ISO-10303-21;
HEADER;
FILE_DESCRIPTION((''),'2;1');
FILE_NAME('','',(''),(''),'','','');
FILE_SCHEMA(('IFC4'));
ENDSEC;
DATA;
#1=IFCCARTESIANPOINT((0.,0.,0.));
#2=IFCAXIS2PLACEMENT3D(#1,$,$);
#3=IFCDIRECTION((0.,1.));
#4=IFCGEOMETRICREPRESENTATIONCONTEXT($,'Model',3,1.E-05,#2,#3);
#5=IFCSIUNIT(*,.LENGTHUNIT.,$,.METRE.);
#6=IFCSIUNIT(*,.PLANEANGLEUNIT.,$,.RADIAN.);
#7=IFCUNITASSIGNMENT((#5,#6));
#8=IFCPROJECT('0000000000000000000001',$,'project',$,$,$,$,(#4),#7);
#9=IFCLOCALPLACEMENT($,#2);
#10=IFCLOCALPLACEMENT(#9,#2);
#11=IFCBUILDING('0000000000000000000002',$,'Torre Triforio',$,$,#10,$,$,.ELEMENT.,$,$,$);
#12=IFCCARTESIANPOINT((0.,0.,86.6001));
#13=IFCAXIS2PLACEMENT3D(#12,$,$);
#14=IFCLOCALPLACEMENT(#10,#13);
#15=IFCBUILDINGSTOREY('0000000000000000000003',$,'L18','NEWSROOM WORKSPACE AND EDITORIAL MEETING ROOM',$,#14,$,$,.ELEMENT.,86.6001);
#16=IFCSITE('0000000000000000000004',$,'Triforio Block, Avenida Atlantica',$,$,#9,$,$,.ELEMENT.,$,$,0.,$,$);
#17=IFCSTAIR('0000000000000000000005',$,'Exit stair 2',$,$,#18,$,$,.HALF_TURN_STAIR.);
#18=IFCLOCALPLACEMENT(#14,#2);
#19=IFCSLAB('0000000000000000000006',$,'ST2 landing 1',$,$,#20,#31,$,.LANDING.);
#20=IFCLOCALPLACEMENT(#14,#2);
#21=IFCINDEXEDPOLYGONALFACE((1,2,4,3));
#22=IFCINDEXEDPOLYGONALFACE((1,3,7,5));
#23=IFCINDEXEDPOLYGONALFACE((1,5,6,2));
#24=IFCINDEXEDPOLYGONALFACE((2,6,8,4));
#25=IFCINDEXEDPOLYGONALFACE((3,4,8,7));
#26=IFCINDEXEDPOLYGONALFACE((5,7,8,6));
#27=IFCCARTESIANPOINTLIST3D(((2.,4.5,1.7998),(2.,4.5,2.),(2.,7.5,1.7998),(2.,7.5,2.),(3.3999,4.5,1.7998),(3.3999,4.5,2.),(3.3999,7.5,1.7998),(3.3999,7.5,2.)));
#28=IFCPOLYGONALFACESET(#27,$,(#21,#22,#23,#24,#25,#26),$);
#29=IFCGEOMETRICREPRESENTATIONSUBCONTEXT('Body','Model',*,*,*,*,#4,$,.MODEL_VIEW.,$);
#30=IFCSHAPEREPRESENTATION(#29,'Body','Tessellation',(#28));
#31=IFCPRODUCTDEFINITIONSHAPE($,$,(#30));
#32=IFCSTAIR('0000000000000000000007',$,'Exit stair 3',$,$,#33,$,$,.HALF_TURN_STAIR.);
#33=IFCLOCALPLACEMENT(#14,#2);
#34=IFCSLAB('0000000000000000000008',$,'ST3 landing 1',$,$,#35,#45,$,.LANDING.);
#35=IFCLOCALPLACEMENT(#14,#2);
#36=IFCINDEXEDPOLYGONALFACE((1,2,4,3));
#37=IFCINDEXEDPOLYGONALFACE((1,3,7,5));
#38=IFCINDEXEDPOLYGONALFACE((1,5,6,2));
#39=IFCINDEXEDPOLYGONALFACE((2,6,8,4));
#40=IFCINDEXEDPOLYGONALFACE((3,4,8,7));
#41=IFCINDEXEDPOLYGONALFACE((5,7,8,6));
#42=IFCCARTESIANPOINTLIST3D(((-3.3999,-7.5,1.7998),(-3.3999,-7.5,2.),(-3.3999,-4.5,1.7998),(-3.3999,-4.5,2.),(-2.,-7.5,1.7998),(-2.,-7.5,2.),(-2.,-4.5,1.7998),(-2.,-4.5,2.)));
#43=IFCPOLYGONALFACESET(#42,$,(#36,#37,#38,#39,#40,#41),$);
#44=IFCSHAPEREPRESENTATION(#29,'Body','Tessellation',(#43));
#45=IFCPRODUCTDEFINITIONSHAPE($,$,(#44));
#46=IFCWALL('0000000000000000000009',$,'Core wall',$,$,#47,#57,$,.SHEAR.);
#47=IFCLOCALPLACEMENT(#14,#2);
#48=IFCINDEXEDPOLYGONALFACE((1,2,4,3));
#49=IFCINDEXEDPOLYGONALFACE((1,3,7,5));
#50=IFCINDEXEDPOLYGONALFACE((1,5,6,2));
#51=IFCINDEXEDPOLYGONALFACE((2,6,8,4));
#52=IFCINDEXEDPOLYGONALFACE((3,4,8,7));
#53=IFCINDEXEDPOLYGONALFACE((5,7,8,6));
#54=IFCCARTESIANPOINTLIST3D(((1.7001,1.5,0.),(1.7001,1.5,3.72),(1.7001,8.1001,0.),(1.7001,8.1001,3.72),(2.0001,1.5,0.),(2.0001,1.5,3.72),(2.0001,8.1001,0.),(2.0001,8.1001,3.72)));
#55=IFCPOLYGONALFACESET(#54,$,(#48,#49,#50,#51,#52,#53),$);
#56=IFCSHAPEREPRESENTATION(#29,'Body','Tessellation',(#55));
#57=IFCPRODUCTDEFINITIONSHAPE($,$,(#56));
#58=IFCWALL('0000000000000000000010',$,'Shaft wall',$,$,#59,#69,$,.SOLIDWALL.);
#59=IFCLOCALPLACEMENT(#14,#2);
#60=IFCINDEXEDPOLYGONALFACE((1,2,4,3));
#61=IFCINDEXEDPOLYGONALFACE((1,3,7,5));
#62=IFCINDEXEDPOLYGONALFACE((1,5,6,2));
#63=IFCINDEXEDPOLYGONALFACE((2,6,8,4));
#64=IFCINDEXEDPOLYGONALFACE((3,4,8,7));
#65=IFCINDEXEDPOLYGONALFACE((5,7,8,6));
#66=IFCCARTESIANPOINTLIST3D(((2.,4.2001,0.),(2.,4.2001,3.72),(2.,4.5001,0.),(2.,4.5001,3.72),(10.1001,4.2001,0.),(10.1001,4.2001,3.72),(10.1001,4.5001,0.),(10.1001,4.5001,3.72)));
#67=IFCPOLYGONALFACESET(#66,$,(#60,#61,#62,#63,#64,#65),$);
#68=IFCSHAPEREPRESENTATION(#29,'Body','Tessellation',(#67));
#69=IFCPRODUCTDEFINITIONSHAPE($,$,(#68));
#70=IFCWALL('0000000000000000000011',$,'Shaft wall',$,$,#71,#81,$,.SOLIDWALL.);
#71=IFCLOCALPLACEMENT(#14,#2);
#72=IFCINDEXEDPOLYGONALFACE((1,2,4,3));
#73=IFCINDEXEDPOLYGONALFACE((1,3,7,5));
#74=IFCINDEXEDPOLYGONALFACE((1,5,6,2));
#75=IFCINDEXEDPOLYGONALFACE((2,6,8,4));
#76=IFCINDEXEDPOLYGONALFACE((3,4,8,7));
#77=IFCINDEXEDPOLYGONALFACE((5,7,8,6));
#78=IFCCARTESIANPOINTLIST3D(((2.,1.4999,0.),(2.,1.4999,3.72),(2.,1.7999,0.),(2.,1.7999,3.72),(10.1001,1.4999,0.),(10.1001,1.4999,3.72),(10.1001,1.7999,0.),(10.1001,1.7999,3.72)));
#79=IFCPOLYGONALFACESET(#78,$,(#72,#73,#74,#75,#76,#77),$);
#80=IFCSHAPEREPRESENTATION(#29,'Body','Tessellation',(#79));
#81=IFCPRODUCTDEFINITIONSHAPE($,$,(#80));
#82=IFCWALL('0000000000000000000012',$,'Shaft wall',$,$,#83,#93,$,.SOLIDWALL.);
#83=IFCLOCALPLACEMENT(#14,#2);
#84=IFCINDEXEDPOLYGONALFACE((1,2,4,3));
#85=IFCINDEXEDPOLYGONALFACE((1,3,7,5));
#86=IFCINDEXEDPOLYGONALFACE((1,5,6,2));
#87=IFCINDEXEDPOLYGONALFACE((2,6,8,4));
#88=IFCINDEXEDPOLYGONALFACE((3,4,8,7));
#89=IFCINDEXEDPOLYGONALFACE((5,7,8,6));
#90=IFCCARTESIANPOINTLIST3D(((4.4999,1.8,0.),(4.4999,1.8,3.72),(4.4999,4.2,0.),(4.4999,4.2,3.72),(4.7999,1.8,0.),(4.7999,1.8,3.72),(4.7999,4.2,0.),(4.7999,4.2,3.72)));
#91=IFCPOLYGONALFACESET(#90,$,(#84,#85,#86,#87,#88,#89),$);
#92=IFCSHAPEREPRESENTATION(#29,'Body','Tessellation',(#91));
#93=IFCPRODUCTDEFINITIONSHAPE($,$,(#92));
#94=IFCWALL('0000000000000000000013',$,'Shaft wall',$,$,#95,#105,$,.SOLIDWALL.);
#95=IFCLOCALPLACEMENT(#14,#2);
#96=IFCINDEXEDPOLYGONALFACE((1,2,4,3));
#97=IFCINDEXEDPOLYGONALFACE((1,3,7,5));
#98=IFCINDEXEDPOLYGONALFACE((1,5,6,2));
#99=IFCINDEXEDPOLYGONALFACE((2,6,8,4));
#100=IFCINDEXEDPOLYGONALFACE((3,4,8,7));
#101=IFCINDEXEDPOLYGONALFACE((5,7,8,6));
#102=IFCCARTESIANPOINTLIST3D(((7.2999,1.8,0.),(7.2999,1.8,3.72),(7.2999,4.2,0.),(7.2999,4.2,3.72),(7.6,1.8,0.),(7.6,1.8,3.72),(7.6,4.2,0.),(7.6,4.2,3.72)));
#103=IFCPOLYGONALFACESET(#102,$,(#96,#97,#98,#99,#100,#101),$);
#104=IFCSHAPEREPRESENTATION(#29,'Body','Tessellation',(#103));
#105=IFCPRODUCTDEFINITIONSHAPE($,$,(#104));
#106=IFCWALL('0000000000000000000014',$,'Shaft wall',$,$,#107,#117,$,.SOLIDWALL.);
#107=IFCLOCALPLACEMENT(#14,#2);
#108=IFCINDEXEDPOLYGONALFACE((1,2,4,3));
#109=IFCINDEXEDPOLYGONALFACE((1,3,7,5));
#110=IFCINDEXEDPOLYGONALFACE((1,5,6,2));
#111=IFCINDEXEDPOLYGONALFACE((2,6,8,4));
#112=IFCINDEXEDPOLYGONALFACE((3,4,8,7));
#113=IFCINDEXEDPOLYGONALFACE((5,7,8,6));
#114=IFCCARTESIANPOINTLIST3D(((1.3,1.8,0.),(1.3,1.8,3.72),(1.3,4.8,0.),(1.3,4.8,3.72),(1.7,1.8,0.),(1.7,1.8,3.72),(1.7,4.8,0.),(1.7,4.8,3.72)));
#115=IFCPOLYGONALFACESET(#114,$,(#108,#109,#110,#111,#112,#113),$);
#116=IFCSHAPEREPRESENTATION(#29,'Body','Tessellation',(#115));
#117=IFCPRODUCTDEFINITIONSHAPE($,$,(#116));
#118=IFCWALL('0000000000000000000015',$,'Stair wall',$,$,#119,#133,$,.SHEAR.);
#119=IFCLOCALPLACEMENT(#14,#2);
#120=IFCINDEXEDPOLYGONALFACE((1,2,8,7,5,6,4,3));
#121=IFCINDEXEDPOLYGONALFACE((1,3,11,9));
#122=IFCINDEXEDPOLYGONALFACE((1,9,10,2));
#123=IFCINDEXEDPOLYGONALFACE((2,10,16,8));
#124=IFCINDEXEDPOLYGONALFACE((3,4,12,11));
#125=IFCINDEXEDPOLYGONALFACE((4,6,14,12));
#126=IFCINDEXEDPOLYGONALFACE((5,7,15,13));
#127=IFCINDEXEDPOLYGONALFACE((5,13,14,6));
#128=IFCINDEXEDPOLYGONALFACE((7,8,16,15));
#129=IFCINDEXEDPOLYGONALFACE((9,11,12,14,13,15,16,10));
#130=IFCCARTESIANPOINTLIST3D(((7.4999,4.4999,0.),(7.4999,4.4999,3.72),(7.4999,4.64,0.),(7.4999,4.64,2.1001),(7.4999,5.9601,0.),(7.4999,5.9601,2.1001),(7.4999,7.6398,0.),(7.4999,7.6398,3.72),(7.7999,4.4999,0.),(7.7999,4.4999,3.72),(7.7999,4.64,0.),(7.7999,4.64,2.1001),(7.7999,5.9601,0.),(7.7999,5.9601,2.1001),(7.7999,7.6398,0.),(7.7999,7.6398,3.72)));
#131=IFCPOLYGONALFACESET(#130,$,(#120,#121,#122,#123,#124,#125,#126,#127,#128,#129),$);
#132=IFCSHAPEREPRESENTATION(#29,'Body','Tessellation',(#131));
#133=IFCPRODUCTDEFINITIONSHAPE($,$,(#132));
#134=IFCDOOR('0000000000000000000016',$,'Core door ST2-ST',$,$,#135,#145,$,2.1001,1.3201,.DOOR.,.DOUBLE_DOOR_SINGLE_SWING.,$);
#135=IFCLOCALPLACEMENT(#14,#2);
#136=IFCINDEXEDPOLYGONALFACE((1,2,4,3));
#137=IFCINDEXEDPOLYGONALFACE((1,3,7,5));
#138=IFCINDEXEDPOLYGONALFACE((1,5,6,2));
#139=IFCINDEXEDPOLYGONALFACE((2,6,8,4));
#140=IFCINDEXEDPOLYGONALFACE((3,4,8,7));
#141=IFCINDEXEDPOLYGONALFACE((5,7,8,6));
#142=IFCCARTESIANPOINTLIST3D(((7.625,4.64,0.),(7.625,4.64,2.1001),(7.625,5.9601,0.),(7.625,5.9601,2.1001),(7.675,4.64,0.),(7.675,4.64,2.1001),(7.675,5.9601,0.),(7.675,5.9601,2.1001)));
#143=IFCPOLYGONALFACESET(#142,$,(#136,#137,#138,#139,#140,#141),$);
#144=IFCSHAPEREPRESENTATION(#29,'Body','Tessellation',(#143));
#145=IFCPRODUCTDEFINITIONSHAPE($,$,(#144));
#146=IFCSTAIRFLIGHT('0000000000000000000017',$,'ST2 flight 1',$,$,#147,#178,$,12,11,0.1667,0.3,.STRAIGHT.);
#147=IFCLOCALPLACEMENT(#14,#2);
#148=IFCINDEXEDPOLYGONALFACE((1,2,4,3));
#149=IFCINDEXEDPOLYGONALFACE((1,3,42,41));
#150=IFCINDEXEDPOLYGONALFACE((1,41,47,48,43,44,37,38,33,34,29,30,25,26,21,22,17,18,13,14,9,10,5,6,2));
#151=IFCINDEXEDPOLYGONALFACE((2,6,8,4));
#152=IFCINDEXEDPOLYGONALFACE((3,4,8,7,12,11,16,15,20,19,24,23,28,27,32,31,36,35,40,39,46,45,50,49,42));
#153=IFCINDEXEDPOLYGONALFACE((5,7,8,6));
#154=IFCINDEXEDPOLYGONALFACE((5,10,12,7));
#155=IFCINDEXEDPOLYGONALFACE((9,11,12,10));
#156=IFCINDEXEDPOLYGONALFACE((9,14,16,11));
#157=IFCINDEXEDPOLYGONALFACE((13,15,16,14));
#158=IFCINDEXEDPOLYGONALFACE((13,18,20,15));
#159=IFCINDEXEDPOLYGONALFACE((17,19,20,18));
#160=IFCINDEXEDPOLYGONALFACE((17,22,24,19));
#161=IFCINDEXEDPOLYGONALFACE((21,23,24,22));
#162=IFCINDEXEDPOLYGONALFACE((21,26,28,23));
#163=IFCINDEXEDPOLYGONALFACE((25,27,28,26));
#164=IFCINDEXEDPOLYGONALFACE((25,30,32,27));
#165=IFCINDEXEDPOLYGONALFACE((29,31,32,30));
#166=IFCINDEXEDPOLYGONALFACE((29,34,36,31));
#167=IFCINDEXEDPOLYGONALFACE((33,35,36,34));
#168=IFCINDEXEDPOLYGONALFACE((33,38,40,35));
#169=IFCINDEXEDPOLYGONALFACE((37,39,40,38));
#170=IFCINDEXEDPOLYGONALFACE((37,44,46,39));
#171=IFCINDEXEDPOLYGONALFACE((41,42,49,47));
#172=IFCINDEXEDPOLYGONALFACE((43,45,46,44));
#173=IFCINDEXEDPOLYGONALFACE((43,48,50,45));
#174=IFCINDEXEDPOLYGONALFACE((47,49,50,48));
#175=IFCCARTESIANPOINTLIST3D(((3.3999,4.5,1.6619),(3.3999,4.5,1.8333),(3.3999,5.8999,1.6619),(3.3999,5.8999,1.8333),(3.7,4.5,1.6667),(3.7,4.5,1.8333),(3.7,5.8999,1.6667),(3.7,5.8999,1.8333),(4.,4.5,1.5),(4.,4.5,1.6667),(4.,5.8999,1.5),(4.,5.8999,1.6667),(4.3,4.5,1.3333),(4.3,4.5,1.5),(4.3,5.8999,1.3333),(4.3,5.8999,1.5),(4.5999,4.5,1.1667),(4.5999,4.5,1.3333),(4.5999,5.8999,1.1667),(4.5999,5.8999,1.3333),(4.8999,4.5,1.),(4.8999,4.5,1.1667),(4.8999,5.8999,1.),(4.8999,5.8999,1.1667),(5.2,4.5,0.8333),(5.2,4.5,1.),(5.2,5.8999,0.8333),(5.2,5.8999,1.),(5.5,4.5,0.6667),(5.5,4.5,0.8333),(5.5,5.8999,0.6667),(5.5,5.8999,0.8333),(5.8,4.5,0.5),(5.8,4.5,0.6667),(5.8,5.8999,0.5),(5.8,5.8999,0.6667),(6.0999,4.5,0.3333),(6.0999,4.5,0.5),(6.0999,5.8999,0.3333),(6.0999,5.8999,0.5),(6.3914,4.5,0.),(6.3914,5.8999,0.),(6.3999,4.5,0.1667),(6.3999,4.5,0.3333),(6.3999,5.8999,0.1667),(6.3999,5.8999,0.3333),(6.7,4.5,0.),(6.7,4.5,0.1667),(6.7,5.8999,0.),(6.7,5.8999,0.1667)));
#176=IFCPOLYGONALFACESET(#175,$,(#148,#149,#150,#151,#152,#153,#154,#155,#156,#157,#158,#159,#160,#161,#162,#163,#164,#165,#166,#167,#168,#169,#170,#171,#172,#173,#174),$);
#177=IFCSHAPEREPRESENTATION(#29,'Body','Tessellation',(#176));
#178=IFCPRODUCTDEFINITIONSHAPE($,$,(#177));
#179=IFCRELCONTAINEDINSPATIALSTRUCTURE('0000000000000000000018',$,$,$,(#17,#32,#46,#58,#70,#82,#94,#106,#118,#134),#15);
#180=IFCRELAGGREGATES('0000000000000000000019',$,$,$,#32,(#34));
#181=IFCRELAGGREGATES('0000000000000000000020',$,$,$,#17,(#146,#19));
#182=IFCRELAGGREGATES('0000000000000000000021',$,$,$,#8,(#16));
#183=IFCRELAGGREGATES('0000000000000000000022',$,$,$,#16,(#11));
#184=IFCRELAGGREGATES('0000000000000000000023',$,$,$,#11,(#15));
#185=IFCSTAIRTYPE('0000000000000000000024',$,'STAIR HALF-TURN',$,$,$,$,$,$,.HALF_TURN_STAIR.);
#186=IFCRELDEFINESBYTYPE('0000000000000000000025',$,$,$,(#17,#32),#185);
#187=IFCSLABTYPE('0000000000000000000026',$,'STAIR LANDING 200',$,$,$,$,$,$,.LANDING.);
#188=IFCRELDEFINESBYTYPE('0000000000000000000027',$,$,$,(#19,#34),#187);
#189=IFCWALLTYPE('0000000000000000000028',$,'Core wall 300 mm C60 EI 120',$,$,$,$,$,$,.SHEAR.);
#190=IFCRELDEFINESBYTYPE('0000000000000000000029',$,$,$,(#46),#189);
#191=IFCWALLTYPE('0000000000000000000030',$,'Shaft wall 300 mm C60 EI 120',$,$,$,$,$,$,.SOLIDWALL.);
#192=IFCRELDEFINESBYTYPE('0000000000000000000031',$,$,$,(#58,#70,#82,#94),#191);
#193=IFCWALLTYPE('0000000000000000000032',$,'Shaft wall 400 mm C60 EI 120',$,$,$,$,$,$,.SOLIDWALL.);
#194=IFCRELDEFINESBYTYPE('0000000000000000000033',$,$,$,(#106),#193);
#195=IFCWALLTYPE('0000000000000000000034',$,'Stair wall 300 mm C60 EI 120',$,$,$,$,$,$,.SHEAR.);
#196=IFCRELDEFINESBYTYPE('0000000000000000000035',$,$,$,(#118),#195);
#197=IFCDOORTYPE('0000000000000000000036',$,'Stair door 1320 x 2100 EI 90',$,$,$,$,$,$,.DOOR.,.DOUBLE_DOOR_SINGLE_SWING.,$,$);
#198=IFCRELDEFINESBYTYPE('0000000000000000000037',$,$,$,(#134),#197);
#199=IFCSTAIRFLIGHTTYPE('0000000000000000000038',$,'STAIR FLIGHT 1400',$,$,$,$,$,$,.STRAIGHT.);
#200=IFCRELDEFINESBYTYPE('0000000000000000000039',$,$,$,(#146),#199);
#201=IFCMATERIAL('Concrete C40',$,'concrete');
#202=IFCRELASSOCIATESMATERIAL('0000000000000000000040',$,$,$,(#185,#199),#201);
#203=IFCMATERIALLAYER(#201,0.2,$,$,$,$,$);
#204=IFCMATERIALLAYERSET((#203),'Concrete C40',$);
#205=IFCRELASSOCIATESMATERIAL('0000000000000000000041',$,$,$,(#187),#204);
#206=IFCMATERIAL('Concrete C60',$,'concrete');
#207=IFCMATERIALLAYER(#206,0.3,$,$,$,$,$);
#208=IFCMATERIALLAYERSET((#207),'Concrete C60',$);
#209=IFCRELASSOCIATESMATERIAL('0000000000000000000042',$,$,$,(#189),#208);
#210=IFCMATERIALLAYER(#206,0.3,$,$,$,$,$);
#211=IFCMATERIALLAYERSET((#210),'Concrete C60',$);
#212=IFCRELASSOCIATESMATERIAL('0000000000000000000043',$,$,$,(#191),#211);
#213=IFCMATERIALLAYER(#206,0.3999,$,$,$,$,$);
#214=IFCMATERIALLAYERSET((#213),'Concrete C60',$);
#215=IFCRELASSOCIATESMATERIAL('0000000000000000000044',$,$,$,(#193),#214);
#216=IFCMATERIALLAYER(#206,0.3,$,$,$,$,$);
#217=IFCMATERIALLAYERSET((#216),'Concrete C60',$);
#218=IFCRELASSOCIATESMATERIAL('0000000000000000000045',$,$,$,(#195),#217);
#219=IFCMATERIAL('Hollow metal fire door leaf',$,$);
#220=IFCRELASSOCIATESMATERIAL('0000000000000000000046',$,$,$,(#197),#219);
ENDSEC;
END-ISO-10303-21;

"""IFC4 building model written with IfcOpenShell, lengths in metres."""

from ifc_helpers import new_model, si_unit, direction, frame, frame_2d, origin, place, context, subcontext, project, spatial, polyline, rectangle, outline, extrude, material, layer, layer_set, type_object, element, fill, aggregate, save


model = new_model("IFC4")

# Units and contexts
model_context = context("Model", 3, precision=1e-05, world=origin(), true_north=direction((0.0, 1.0)))
body_context = subcontext(model_context, "Body", "Model", "MODEL_VIEW")
ifc_project = project(units=[si_unit("LENGTHUNIT", "METRE"), si_unit("PLANEANGLEUNIT", "RADIAN")], contexts=[model_context])

# Site, building, storey
site_placement = place(None, origin())
site = spatial("IfcSite", under=ifc_project, at=site_placement, Name="Triforio Block, Avenida Atlantica", CompositionType="ELEMENT", RefElevation=0.0)
building_placement = place(site_placement, origin())
building = spatial("IfcBuilding", under=site, at=building_placement, Name="Torre Triforio", CompositionType="ELEMENT")
storey_placement = place(building_placement, frame((0.0, 0.0, 86.6001)))
storey = spatial("IfcBuildingStorey", under=building, at=storey_placement, Name="L18", Description="NEWSROOM WORKSPACE AND EDITORIAL MEETING ROOM", CompositionType="ELEMENT", Elevation=86.6001)

# Stairs, slabs
ifc_material_1 = material(Name="Concrete C40", Category="concrete")
stair_type = type_object("IfcStairType", Name="STAIR HALF-TURN", PredefinedType="HALF_TURN_STAIR", material=ifc_material_1)
stair_1_placement = place(storey_placement, origin())
stair_1 = element("IfcStair", 1, at=stair_1_placement, inside=storey, type_object=stair_type, Name="Exit stair 2", PredefinedType="HALF_TURN_STAIR")
ifc_layer_1 = layer(ifc_material_1, 0.2)
ifc_layer_set_1 = layer_set([ifc_layer_1], Name="Concrete C40")
slab_type = type_object("IfcSlabType", Name="STAIR LANDING 200", PredefinedType="LANDING", material=ifc_layer_set_1)
slab_1_placement = place(storey_placement, frame((0.0, 0.0, 1.7998)))
slab_1 = element("IfcSlab", 2, at=slab_1_placement, type_object=slab_type, Name="ST2 landing 1", PredefinedType="LANDING", context=body_context, shape_type="SweptSolid", body=[
    extrude(outline(polyline([(3.3999, 4.5), (3.3999, 7.5), (2.0, 7.5), (2.0, 4.5), (3.3999, 4.5)])), origin(), (0.0, 0.0, 1.0), 0.2002),
])
stair_2_placement = place(storey_placement, origin())
stair_2 = element("IfcStair", 3, at=stair_2_placement, inside=storey, type_object=stair_type, Name="Exit stair 3", PredefinedType="HALF_TURN_STAIR")
slab_2_placement = place(storey_placement, frame((0.0, 0.0, 1.7998)))
slab_2 = element("IfcSlab", 4, at=slab_2_placement, type_object=slab_type, Name="ST3 landing 1", PredefinedType="LANDING", context=body_context, shape_type="SweptSolid", body=[
    extrude(outline(polyline([(-2.0, -7.5), (-2.0, -4.5), (-3.3999, -4.5), (-3.3999, -7.5), (-2.0, -7.5)])), origin(), (0.0, 0.0, 1.0), 0.2002),
])
aggregate(stair_2, [slab_2])

# Walls
ifc_material_2 = material(Name="Concrete C60", Category="concrete")
ifc_layer_2 = layer(ifc_material_2, 0.3)
ifc_layer_set_2 = layer_set([ifc_layer_2], Name="Concrete C60")
wall_type_1 = type_object("IfcWallType", Name="Core wall 300 mm C60 EI 120", PredefinedType="SHEAR", material=ifc_layer_set_2)
wall_1_placement = place(storey_placement, frame((1.8501, 1.5, 0.0), z_axis=(0.0, 0.0, 1.0), x_axis=(0.0, 1.0, 0.0)))
element("IfcWall", 5, at=wall_1_placement, inside=storey, type_object=wall_type_1, Name="Core wall", PredefinedType="SHEAR", context=body_context, shape_type="SweptSolid", body=[
    extrude(rectangle(XDim=6.6001, YDim=0.3, at=frame_2d((3.3, 0.0))), origin(), (0.0, 0.0, 1.0), 3.72),
])
ifc_layer_3 = layer(ifc_material_2, 0.3)
ifc_layer_set_3 = layer_set([ifc_layer_3], Name="Concrete C60")
wall_type_2 = type_object("IfcWallType", Name="Shaft wall 300 mm C60 EI 120", PredefinedType="SOLIDWALL", material=ifc_layer_set_3)
for number, where, z_axis, x_axis, name in (
    (6, (2.0, 4.3501, 0.0), (0.0, 0.0, 1.0), (1.0, 0.0, 0.0), "Shaft wall"),
    (7, (2.0, 1.6499, 0.0), (0.0, 0.0, 1.0), (1.0, 0.0, 0.0), "Shaft wall"),
):
    element("IfcWall", number, at=place(storey_placement, frame(where, z_axis=z_axis, x_axis=x_axis)), inside=storey, type_object=wall_type_2, Name=name, PredefinedType="SOLIDWALL", context=body_context, shape_type="SweptSolid", body=[
        extrude(rectangle(XDim=8.1001, YDim=0.3, at=frame_2d((4.05, 0.0))), origin(), (0.0, 0.0, 1.0), 3.72),
    ])
for number, where, z_axis, x_axis, name in (
    (8, (4.6499, 1.8, 0.0), (0.0, 0.0, 1.0), (0.0, 1.0, 0.0), "Shaft wall"),
    (9, (7.45, 1.8, 0.0), (0.0, 0.0, 1.0), (0.0, 1.0, 0.0), "Shaft wall"),
):
    element("IfcWall", number, at=place(storey_placement, frame(where, z_axis=z_axis, x_axis=x_axis)), inside=storey, type_object=wall_type_2, Name=name, PredefinedType="SOLIDWALL", context=body_context, shape_type="SweptSolid", body=[
        extrude(rectangle(XDim=2.3999, YDim=0.3, at=frame_2d((1.2, 0.0))), origin(), (0.0, 0.0, 1.0), 3.72),
    ])
ifc_layer_4 = layer(ifc_material_2, 0.3999)
ifc_layer_set_4 = layer_set([ifc_layer_4], Name="Concrete C60")
wall_type_3 = type_object("IfcWallType", Name="Shaft wall 400 mm C60 EI 120", PredefinedType="SOLIDWALL", material=ifc_layer_set_4)
wall_2_placement = place(storey_placement, frame((1.5, 1.8, 0.0), z_axis=(0.0, 0.0, 1.0), x_axis=(0.0, 1.0, 0.0)))
element("IfcWall", 10, at=wall_2_placement, inside=storey, type_object=wall_type_3, Name="Shaft wall", PredefinedType="SOLIDWALL", context=body_context, shape_type="SweptSolid", body=[
    extrude(rectangle(XDim=3.0, YDim=0.3999, at=frame_2d((1.5, 0.0))), origin(), (0.0, 0.0, 1.0), 3.72),
])

# Wall, opening, door
ifc_layer_5 = layer(ifc_material_2, 0.3)
ifc_layer_set_5 = layer_set([ifc_layer_5], Name="Concrete C60")
wall_type_4 = type_object("IfcWallType", Name="Stair wall 300 mm C60 EI 120", PredefinedType="SHEAR", material=ifc_layer_set_5)
wall_3_placement = place(storey_placement, frame((7.6499, 4.5, 0.0), z_axis=(0.0, 0.0, 1.0), x_axis=(0.0, 1.0, 0.0)))
wall_3 = element("IfcWall", 11, at=wall_3_placement, inside=storey, type_object=wall_type_4, Name="Stair wall", PredefinedType="SHEAR", context=body_context, shape_type="SweptSolid", body=[
    extrude(rectangle(XDim=3.1399, YDim=0.3, at=frame_2d((1.5698, 0.0))), origin(), (0.0, 0.0, 1.0), 3.72),
])
opening_placement = place(wall_3_placement, frame((0.1399, 0.0, 0.0)))
opening = element("IfcOpeningElement", 12, at=opening_placement, cuts=wall_3, PredefinedType="OPENING", context=body_context, shape_type="SweptSolid", body=[
    extrude(rectangle(XDim=1.3201, YDim=2.1001, at=frame_2d((0.6602, 1.05))), frame((0.0, 0.1599, 0.0), z_axis=(0.0, -1.0, 0.0), x_axis=(1.0, 0.0, 0.0)), (0.0, 0.0, 1.0), 0.3201),
])
ifc_material_3 = material(Name="Hollow metal fire door leaf")
door_type = type_object("IfcDoorType", Name="Stair door 1320 x 2100 EI 90", OperationType="DOUBLE_DOOR_SINGLE_SWING", PredefinedType="DOOR", material=ifc_material_3)
door_placement = place(opening_placement, origin())
door = element("IfcDoor", 13, at=door_placement, inside=storey, type_object=door_type, Name="Core door ST2-ST", OperationType="DOUBLE_DOOR_SINGLE_SWING", OverallHeight=2.1001, OverallWidth=1.3201, PredefinedType="DOOR", context=body_context, shape_type="SweptSolid", body=[
    extrude(rectangle(XDim=1.3201, YDim=2.1001, at=frame_2d((0.6602, 1.05))), frame((0.0, 0.0249, 0.0), z_axis=(0.0, -1.0, 0.0), x_axis=(1.0, 0.0, 0.0)), (0.0, 0.0, 1.0), 0.05),
])
fill(opening, door)

# Stair flight
stair_flight_type = type_object("IfcStairFlightType", Name="STAIR FLIGHT 1400", PredefinedType="STRAIGHT", material=ifc_material_1)
stair_flight_1_placement = place(storey_placement, frame((6.7, 5.2, 0.0), z_axis=(0.0, 0.0, 1.0), x_axis=(-1.0, 0.0, 0.0)))
stair_flight_1 = element("IfcStairFlight", 14, at=stair_flight_1_placement, type_object=stair_flight_type, Name="ST2 flight 1", NumberOfRisers=12, NumberOfTreads=11, PredefinedType="STRAIGHT", RiserHeight=0.1667, TreadLength=0.3, context=body_context, shape_type="SweptSolid", body=[
    extrude(outline(polyline([(0.0, 0.0), (0.0, 0.1667), (0.3, 0.1667), (0.3, 0.3333), (0.6001, 0.3333), (0.6001, 0.5), (0.8999, 0.5), (0.8999, 0.6667), (1.2, 0.6667), (1.2, 0.8333), (1.5, 0.8333), (1.5, 1.0), (1.8, 1.0), (1.8, 1.1667), (2.1001, 1.1667), (2.1001, 1.3333), (2.3999, 1.3333), (2.3999, 1.5), (2.7, 1.5), (2.7, 1.6667), (3.0, 1.6667), (3.0, 1.8333), (3.3, 1.8333), (3.3, 2.0), (3.3, 1.6619), (0.3086, 0.0), (0.0, 0.0)])), frame((0.0, 0.7, 0.0), z_axis=(0.0, -1.0, 0.0), x_axis=(1.0, 0.0, 0.0)), (0.0, 0.0, 1.0), 1.3999),
])
aggregate(stair_1, [stair_flight_1, slab_1])

save(model, "model.ifc")
